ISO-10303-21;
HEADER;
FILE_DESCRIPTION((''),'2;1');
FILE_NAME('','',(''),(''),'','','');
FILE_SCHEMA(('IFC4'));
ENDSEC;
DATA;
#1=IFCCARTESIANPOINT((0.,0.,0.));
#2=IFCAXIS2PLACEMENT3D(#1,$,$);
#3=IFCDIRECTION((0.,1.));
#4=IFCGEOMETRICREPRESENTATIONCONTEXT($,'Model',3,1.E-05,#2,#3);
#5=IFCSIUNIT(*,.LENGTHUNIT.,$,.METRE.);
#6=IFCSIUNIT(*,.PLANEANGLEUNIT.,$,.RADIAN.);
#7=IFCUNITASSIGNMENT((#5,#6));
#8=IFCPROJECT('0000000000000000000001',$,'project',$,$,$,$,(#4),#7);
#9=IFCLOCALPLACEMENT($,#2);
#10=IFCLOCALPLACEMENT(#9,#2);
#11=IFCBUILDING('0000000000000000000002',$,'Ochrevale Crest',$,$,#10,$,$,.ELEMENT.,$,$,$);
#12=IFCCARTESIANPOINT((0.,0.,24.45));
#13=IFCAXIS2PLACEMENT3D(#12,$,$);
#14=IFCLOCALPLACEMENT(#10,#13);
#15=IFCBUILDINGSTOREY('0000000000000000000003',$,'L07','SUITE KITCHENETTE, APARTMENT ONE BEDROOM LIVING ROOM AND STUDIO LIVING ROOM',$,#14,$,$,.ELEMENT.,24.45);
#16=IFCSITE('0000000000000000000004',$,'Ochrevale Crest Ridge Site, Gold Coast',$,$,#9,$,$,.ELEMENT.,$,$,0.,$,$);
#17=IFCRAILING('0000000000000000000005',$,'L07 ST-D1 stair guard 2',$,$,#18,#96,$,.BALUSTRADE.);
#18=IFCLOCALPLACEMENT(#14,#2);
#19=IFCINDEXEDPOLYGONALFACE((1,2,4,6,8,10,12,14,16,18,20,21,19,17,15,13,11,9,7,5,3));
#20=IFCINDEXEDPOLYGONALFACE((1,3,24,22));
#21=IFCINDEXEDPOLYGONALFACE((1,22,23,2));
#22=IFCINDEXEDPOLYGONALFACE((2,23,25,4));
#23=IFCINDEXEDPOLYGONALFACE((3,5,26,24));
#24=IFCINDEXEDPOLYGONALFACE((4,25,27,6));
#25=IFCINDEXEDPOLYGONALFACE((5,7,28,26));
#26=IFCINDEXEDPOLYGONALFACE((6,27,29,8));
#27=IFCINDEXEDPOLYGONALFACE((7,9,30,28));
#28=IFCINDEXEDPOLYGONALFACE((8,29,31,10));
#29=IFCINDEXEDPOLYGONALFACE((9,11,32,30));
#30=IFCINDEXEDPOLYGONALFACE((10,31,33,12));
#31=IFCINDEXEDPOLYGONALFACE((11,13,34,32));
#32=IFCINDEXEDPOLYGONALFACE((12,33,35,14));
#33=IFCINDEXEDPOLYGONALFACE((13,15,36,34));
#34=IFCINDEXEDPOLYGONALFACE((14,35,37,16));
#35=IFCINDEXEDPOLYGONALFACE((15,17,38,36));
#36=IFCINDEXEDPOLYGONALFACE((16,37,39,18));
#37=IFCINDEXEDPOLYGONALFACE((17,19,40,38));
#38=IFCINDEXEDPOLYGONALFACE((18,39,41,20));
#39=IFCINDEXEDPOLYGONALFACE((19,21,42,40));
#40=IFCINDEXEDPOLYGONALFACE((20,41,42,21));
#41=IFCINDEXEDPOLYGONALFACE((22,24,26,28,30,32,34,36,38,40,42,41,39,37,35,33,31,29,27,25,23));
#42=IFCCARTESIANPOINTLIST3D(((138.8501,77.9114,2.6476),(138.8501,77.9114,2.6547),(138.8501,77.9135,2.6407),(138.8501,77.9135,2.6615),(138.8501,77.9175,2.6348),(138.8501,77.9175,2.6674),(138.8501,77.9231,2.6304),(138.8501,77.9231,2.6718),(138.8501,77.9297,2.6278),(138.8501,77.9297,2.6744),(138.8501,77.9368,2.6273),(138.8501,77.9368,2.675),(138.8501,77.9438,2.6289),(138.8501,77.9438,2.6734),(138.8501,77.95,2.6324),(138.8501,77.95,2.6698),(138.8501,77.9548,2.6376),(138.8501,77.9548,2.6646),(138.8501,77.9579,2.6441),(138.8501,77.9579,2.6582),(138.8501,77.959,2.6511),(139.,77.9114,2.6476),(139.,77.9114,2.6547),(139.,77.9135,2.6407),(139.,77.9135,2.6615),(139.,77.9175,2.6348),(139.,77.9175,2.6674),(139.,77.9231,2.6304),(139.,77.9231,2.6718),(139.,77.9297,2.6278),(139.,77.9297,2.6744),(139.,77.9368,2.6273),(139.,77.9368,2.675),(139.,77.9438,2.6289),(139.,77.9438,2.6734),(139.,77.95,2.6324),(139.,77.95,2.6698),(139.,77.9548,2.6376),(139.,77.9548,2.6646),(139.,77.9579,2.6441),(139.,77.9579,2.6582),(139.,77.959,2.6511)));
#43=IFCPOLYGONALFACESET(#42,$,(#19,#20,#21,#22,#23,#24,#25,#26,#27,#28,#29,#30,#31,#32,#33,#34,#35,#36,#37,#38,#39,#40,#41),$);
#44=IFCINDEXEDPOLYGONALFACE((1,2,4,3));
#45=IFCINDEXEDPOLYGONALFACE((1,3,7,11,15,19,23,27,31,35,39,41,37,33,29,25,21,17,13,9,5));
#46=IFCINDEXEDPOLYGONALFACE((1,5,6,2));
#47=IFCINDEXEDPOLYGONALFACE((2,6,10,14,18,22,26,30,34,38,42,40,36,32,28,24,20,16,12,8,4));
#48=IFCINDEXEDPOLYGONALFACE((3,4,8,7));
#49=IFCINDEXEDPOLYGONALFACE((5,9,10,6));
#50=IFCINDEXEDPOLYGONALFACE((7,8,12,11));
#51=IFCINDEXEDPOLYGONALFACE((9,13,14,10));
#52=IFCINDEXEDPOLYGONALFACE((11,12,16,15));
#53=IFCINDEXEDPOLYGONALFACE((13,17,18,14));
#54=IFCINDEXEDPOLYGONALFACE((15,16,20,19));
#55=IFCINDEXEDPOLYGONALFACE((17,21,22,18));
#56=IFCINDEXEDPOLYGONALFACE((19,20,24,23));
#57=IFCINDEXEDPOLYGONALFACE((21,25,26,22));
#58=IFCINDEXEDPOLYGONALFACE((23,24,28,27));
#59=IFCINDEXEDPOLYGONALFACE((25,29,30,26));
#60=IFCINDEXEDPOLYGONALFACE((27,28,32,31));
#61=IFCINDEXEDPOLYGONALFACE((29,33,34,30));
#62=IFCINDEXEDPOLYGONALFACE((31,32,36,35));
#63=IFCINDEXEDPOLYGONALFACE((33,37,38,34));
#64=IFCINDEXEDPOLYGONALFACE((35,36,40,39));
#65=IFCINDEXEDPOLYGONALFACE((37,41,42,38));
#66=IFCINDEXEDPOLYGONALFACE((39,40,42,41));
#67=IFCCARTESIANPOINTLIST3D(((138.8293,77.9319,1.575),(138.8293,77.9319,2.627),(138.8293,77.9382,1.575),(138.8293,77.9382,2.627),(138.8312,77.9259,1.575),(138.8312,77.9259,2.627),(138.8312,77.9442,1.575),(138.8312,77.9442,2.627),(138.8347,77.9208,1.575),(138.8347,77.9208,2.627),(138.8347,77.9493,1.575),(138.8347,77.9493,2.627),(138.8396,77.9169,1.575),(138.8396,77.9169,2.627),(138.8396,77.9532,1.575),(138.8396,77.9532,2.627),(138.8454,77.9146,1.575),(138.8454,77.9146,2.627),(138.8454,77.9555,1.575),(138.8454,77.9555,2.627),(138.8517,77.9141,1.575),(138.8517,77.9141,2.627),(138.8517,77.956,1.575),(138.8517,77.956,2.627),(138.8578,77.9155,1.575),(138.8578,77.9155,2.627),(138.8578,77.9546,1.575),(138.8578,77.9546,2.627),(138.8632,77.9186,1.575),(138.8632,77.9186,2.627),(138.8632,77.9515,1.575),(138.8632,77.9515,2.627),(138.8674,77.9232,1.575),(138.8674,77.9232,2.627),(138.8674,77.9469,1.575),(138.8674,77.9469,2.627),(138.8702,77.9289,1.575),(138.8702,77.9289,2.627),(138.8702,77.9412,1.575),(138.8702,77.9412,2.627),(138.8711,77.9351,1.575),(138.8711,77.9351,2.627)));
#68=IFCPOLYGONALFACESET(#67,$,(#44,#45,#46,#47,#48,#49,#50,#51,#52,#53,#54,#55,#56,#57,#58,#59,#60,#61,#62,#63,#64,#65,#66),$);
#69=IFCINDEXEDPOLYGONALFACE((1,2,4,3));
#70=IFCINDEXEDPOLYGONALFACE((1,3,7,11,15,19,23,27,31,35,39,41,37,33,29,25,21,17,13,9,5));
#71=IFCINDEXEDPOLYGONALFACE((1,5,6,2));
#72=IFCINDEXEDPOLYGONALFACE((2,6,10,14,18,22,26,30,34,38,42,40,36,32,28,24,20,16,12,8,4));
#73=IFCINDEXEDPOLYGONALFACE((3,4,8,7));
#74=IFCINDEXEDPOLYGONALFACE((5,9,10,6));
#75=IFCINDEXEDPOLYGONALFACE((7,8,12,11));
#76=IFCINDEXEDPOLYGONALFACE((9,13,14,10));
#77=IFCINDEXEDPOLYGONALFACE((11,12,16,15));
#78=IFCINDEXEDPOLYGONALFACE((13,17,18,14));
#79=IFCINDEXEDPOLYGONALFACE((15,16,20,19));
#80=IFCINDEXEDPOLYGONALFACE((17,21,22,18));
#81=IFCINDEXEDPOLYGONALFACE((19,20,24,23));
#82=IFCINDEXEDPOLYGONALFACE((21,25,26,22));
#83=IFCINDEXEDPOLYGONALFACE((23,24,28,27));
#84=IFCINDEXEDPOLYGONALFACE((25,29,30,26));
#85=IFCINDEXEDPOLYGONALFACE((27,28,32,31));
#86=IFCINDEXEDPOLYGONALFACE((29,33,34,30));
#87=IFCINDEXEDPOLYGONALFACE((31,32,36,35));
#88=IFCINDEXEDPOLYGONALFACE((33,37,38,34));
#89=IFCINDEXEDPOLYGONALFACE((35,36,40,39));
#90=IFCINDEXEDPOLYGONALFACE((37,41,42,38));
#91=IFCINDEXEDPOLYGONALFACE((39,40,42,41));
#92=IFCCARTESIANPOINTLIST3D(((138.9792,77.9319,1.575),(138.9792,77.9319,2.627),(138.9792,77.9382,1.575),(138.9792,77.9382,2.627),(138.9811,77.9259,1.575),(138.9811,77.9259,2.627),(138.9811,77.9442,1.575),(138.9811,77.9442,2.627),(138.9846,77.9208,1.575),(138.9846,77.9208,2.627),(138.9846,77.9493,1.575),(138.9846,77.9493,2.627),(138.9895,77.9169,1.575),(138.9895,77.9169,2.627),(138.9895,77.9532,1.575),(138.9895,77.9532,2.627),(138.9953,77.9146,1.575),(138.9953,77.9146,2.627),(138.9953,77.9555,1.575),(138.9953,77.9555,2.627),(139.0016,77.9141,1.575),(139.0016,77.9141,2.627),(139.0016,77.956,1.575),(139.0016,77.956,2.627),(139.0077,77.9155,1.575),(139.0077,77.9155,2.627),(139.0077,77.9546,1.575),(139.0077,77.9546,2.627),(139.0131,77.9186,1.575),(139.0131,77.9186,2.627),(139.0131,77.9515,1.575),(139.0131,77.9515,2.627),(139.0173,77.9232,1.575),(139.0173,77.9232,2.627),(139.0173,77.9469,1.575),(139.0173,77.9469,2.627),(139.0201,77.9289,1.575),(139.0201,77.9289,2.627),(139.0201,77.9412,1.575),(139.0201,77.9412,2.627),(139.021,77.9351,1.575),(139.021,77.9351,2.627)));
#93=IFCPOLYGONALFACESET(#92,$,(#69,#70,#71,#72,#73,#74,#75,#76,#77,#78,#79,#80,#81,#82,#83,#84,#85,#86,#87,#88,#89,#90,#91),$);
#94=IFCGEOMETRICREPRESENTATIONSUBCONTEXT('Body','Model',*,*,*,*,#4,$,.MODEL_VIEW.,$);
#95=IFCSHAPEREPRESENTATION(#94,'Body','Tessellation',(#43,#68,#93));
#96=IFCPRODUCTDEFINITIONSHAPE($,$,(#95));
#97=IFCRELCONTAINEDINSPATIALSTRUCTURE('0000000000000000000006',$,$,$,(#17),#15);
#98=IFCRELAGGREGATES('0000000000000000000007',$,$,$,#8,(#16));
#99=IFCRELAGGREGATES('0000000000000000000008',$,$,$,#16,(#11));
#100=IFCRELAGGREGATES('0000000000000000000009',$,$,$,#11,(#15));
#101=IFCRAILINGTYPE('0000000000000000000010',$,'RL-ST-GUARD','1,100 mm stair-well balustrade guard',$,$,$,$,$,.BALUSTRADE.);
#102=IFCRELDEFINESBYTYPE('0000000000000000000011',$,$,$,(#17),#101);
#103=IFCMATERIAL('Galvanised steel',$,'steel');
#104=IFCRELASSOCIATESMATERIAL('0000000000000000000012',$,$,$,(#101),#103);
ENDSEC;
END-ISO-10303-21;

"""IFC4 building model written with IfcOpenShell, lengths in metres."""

from ifc_helpers import new_model, si_unit, direction, frame, origin, origin_2d, place, context, subcontext, project, spatial, circle, extrude, material, type_object, element, save


model = new_model("IFC4")

# Units and contexts
model_context = context("Model", 3, precision=1e-05, world=origin(), true_north=direction((0.0, 1.0)))
body_context = subcontext(model_context, "Body", "Model", "MODEL_VIEW")
ifc_project = project(units=[si_unit("LENGTHUNIT", "METRE"), si_unit("PLANEANGLEUNIT", "RADIAN")], contexts=[model_context])

# Site, building, storey
site_placement = place(None, origin())
site = spatial("IfcSite", under=ifc_project, at=site_placement, Name="Ochrevale Crest Ridge Site, Gold Coast", CompositionType="ELEMENT", RefElevation=0.0)
building_placement = place(site_placement, origin())
building = spatial("IfcBuilding", under=site, at=building_placement, Name="Ochrevale Crest", CompositionType="ELEMENT")
storey_placement = place(building_placement, frame((0.0, 0.0, 24.45)))
storey = spatial("IfcBuildingStorey", under=building, at=storey_placement, Name="L07", Description="SUITE KITCHENETTE, APARTMENT ONE BEDROOM LIVING ROOM AND STUDIO LIVING ROOM", CompositionType="ELEMENT", Elevation=24.45)

# Railing
ifc_material_1 = material(Name="Galvanised steel", Category="steel")
railing_type_1 = type_object("IfcRailingType", Name="RL-ST-GUARD", Description="1,100 mm stair-well balustrade guard", PredefinedType="BALUSTRADE", material=ifc_material_1)
railing_1_placement = place(storey_placement, frame((138.8501, 77.9351, 1.575)))
element("IfcRailing", 1, at=railing_1_placement, inside=storey, type_object=railing_type_1, Name="L07 ST-D1 stair guard 2", PredefinedType="BALUSTRADE", context=body_context, shape_type="SweptSolid", body=[
    extrude(circle(Radius=0.0239, at=origin_2d()), frame((0.0, 0.0, 1.0762), z_axis=(1.0, 0.0, 0.0), x_axis=(0.0, 1.0, 0.0)), (0.0, 0.0, 1.0), 0.1499),
    extrude(circle(Radius=0.021, at=origin_2d()), origin(), (0.0, 0.0, 1.0), 1.052),
    extrude(circle(Radius=0.021, at=origin_2d()), frame((0.1499, 0.0, 0.0)), (0.0, 0.0, 1.0), 1.052),
])

save(model, "model.ifc")
